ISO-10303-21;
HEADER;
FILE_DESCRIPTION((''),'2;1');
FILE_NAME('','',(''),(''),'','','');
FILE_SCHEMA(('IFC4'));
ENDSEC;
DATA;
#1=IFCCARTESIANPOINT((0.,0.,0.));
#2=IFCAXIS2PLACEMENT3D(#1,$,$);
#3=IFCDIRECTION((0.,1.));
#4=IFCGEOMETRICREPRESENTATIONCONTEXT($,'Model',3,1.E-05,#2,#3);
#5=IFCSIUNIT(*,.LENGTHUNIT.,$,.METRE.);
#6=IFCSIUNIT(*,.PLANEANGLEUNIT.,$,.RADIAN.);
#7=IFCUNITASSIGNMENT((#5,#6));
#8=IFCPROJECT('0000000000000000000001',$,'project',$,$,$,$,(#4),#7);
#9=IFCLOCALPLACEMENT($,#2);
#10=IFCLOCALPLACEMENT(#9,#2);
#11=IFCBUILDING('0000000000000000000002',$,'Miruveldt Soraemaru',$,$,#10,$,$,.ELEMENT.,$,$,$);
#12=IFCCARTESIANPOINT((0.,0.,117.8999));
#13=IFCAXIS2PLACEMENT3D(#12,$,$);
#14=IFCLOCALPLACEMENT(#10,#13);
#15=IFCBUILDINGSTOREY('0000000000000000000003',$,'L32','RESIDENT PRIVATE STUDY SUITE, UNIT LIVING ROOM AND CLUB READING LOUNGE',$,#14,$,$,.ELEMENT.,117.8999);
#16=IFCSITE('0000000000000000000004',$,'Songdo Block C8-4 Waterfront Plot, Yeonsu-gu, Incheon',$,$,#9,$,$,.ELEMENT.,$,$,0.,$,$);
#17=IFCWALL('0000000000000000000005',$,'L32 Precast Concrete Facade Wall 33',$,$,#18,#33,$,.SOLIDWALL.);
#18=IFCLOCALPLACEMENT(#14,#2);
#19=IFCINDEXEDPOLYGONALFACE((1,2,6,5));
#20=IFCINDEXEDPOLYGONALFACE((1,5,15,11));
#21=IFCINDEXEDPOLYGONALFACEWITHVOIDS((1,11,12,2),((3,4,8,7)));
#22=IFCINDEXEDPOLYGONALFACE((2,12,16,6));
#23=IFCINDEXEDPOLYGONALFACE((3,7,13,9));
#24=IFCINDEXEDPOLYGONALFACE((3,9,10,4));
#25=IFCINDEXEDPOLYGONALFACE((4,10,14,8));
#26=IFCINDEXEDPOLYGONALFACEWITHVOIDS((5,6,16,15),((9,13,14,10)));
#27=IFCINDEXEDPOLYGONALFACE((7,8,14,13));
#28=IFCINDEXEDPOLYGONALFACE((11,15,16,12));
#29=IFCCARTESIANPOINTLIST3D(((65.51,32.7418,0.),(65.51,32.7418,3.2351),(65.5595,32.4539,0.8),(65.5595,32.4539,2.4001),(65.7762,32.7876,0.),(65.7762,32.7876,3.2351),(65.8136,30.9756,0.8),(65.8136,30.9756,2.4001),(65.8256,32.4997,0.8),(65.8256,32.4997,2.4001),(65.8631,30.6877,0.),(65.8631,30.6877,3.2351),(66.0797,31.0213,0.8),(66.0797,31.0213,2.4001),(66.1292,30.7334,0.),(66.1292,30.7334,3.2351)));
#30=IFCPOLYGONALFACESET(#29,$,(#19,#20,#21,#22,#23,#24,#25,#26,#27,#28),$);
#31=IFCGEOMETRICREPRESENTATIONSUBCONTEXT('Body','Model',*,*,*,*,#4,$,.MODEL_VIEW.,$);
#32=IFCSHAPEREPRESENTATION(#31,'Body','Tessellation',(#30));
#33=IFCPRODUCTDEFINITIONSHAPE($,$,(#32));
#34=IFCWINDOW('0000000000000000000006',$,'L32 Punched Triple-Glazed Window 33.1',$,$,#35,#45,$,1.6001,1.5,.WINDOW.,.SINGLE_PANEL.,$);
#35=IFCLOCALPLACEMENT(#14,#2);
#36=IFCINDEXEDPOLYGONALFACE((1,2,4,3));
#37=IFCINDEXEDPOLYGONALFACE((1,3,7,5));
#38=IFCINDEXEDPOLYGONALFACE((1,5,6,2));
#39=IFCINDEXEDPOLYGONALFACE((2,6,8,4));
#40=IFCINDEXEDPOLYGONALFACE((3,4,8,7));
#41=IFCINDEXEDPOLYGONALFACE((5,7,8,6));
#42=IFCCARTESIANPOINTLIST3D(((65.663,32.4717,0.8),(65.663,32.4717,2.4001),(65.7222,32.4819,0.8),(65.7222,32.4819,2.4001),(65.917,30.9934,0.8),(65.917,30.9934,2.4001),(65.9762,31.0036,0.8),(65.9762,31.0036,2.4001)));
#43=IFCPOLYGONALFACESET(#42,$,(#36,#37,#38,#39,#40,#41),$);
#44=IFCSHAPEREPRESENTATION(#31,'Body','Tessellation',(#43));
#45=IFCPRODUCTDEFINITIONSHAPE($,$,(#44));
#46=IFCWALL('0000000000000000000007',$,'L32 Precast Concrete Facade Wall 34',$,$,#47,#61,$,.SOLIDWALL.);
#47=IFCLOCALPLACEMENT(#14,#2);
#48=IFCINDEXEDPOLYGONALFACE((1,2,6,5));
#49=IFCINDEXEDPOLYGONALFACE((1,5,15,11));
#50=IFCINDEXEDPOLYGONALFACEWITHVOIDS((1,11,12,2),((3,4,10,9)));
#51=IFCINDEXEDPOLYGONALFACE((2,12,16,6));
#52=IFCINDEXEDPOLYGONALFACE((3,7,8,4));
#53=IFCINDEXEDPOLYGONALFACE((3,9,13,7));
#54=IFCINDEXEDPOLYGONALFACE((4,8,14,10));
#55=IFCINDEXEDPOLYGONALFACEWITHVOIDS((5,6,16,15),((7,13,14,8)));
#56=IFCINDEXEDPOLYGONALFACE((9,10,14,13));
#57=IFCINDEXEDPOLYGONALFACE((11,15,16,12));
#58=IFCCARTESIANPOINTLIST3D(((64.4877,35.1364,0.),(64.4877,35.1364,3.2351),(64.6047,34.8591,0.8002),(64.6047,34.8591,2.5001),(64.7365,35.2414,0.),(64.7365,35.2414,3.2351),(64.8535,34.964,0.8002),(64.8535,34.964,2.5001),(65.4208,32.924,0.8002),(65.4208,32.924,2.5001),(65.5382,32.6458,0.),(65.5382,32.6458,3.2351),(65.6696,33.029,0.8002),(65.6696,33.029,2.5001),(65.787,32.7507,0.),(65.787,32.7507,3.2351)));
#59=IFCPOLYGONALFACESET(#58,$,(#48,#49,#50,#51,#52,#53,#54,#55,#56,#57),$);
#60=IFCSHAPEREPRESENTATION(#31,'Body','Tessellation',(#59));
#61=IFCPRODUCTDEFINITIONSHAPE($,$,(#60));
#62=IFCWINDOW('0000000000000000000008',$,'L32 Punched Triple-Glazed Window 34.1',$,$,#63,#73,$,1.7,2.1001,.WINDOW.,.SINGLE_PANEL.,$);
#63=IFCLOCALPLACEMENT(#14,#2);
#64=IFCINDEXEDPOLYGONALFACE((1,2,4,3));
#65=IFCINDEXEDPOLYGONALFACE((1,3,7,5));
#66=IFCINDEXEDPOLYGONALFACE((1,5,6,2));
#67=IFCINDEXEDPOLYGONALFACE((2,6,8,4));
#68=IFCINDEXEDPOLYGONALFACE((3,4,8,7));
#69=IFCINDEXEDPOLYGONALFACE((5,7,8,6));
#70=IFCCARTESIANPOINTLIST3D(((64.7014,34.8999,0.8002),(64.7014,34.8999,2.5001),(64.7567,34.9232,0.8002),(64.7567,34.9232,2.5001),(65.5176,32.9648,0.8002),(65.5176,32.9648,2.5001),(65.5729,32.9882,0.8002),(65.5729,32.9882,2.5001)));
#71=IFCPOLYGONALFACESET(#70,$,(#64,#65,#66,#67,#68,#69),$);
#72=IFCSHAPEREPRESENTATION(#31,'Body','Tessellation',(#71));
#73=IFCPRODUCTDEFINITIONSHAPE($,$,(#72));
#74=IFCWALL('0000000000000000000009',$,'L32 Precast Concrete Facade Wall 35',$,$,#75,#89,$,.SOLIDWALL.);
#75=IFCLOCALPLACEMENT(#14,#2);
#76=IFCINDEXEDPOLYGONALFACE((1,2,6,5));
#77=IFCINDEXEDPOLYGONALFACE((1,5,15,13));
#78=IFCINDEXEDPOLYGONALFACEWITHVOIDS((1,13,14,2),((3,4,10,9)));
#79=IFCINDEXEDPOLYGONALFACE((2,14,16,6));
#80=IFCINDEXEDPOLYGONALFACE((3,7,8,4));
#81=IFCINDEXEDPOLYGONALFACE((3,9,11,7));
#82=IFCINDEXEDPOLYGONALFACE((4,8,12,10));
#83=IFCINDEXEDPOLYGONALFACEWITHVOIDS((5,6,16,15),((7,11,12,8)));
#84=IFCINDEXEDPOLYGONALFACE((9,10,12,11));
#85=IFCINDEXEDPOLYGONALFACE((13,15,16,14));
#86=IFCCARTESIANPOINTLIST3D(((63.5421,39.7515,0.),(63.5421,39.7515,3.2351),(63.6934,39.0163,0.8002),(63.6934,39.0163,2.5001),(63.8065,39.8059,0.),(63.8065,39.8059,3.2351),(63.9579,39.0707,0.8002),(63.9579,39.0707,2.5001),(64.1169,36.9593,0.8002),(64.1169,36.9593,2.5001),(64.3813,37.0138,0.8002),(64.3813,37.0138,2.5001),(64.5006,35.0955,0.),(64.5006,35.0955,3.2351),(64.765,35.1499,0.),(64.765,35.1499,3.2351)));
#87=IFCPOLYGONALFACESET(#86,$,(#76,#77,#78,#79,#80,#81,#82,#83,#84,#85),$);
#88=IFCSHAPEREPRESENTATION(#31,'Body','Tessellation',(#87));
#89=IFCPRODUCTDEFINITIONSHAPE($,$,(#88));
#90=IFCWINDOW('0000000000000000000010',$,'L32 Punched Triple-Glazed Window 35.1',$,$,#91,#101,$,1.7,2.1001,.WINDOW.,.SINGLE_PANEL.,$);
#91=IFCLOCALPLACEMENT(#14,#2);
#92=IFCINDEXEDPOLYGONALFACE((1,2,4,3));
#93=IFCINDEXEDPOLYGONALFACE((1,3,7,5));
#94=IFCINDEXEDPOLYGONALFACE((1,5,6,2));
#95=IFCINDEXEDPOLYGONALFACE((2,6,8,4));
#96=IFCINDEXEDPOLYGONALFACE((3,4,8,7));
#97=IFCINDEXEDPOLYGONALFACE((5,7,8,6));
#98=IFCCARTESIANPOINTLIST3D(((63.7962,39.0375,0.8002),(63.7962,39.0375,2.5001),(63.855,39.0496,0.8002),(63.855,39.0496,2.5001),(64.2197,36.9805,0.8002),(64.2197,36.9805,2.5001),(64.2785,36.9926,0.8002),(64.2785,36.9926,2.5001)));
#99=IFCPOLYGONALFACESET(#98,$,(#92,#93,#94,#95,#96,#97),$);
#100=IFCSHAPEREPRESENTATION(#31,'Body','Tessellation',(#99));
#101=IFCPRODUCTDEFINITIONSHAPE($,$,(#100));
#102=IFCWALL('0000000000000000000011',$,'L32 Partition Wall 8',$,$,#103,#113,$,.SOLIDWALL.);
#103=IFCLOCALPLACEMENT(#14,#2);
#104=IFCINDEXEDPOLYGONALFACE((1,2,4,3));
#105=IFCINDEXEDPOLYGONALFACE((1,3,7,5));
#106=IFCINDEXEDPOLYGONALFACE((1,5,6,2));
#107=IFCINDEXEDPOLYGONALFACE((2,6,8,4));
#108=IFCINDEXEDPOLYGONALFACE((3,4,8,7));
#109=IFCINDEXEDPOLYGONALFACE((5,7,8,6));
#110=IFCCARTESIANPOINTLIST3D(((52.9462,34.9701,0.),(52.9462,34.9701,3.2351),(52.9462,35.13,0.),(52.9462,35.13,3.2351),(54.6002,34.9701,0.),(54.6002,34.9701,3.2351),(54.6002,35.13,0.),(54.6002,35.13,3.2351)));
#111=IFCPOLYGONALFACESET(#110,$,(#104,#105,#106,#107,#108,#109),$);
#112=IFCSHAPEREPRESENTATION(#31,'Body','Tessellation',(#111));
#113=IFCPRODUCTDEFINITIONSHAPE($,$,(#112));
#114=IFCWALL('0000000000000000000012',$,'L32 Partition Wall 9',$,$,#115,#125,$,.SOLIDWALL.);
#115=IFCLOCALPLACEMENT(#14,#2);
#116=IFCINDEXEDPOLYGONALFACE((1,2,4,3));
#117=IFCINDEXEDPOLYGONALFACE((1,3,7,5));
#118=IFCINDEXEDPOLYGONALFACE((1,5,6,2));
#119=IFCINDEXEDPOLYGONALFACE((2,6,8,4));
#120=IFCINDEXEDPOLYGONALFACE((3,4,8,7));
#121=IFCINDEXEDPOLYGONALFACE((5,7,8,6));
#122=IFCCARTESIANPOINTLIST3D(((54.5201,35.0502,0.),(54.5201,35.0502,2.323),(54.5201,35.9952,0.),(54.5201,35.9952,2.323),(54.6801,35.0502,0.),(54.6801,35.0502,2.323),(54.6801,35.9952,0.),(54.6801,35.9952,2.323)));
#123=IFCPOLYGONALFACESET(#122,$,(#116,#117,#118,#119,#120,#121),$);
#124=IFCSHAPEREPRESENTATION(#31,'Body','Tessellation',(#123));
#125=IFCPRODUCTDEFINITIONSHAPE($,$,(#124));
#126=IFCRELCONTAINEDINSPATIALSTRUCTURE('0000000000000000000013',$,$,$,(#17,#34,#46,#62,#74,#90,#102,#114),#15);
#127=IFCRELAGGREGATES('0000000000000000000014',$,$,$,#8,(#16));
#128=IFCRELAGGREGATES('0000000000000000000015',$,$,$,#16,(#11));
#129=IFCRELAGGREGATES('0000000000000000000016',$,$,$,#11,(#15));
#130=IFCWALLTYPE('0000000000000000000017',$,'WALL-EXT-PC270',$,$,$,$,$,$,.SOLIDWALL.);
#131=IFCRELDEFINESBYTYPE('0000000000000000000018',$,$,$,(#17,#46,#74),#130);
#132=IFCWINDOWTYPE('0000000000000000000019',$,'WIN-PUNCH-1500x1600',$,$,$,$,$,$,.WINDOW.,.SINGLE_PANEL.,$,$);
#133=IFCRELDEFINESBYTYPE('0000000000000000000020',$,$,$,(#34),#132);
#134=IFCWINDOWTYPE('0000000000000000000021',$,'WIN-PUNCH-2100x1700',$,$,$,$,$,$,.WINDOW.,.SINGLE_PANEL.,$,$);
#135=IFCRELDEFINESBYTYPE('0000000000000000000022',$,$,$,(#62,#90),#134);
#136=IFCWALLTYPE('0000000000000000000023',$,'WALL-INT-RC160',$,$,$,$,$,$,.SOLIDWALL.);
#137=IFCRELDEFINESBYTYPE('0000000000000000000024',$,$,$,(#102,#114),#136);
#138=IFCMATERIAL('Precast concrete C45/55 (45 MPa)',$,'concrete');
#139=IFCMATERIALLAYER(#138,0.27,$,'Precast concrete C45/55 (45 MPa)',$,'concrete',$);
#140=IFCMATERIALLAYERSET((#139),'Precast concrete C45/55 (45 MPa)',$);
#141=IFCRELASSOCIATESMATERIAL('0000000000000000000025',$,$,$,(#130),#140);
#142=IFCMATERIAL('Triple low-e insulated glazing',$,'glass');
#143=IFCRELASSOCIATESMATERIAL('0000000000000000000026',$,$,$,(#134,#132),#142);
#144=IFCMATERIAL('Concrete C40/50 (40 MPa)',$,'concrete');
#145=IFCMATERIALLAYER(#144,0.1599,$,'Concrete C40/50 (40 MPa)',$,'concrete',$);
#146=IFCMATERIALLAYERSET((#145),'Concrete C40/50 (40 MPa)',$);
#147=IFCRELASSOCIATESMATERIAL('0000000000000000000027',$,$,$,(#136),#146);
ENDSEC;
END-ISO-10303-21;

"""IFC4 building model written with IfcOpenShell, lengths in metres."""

from ifc_helpers import new_model, si_unit, direction, frame, frame_2d, origin, place, context, subcontext, project, spatial, rectangle, extrude, material, layer, layer_set, type_object, element, fill, save


model = new_model("IFC4")

# Units and contexts
model_context = context("Model", 3, precision=1e-05, world=origin(), true_north=direction((0.0, 1.0)))
body_context = subcontext(model_context, "Body", "Model", "MODEL_VIEW")
ifc_project = project(units=[si_unit("LENGTHUNIT", "METRE"), si_unit("PLANEANGLEUNIT", "RADIAN")], contexts=[model_context])

# Site, building, storey
site_placement = place(None, origin())
site = spatial("IfcSite", under=ifc_project, at=site_placement, Name="Songdo Block C8-4 Waterfront Plot, Yeonsu-gu, Incheon", CompositionType="ELEMENT", RefElevation=0.0)
building_placement = place(site_placement, origin())
building = spatial("IfcBuilding", under=site, at=building_placement, Name="Miruveldt Soraemaru", CompositionType="ELEMENT")
storey_placement = place(building_placement, frame((0.0, 0.0, 117.8999)))
storey = spatial("IfcBuildingStorey", under=building, at=storey_placement, Name="L32", Description="RESIDENT PRIVATE STUDY SUITE, UNIT LIVING ROOM AND CLUB READING LOUNGE", CompositionType="ELEMENT", Elevation=117.8999)

# Walls, openings, windows
ifc_material_1 = material(Name="Precast concrete C45/55 (45 MPa)", Category="concrete")
ifc_layer_1 = layer(ifc_material_1, 0.27, Name="Precast concrete C45/55 (45 MPa)", Category="concrete")
ifc_layer_set_1 = layer_set([ifc_layer_1], Name="Precast concrete C45/55 (45 MPa)")
wall_type_1 = type_object("IfcWallType", Name="WALL-EXT-PC270", PredefinedType="SOLIDWALL", material=ifc_layer_set_1)
ifc_material_2 = material(Name="Triple low-e insulated glazing", Category="glass")
window_type_1 = type_object("IfcWindowType", Name="WIN-PUNCH-2100x1700", PartitioningType="SINGLE_PANEL", PredefinedType="WINDOW", material=ifc_material_2)
wall_1_placement = place(storey_placement, frame((65.9961, 30.7107, 0.0), z_axis=(0.0, 0.0, 1.0), x_axis=(-0.169373, 0.985552, 0.0)))
wall_1 = element("IfcWall", 1, at=wall_1_placement, inside=storey, type_object=wall_type_1, Name="L32 Precast Concrete Facade Wall 33", PredefinedType="SOLIDWALL", context=body_context, shape_type="SweptSolid", body=[
    extrude(rectangle(XDim=2.0842, YDim=0.27, at=frame_2d((1.042, 0.0))), origin(), (0.0, 0.0, 1.0), 3.2351),
])
opening_1_placement = place(wall_1_placement, frame((0.292, 0.0, 0.8)))
opening_1 = element("IfcOpeningElement", 2, at=opening_1_placement, cuts=wall_1, PredefinedType="OPENING", context=body_context, shape_type="SweptSolid", body=[
    extrude(rectangle(XDim=1.5, YDim=1.6001, at=frame_2d((0.75, 0.8))), frame((0.0, 0.145, 0.0), z_axis=(0.0, -1.0, 0.0), x_axis=(1.0, 0.0, 0.0)), (0.0, 0.0, 1.0), 0.29),
])
window_type_2 = type_object("IfcWindowType", Name="WIN-PUNCH-1500x1600", PartitioningType="SINGLE_PANEL", PredefinedType="WINDOW", material=ifc_material_2)
window_1_placement = place(opening_1_placement, origin())
window_1 = element("IfcWindow", 3, at=window_1_placement, inside=storey, type_object=window_type_2, Name="L32 Punched Triple-Glazed Window 33.1", OverallHeight=1.6001, OverallWidth=1.5, PartitioningType="SINGLE_PANEL", PredefinedType="WINDOW", context=body_context, shape_type="SweptSolid", body=[
    extrude(rectangle(XDim=1.5, YDim=1.6001, at=frame_2d((0.75, 0.8))), frame((0.0, 0.03, 0.0), z_axis=(0.0, -1.0, 0.0), x_axis=(1.0, 0.0, 0.0)), (0.0, 0.0, 1.0), 0.0601),
])
fill(opening_1, window_1)
wall_2_placement = place(storey_placement, frame((65.6626, 32.6982, 0.0), z_axis=(0.0, 0.0, 1.0), x_axis=(-0.388626, 0.921395, 0.0)))
wall_2 = element("IfcWall", 4, at=wall_2_placement, inside=storey, type_object=wall_type_1, Name="L32 Precast Concrete Facade Wall 34", PredefinedType="SOLIDWALL", context=body_context, shape_type="SweptSolid", body=[
    extrude(rectangle(XDim=2.7031, YDim=0.27, at=frame_2d((1.3516, 0.0))), origin(), (0.0, 0.0, 1.0), 3.2351),
])
opening_2_placement = place(wall_2_placement, frame((0.302, 0.0, 0.8)))
opening_2 = element("IfcOpeningElement", 5, at=opening_2_placement, cuts=wall_2, PredefinedType="OPENING", context=body_context, shape_type="SweptSolid", body=[
    extrude(rectangle(XDim=2.1001, YDim=1.7, at=frame_2d((1.05, 0.8501))), frame((0.0, 0.145, 0.0), z_axis=(0.0, -1.0, 0.0), x_axis=(1.0, 0.0, 0.0)), (0.0, 0.0, 1.0), 0.29),
])
window_2_placement = place(opening_2_placement, origin())
window_2 = element("IfcWindow", 6, at=window_2_placement, inside=storey, type_object=window_type_1, Name="L32 Punched Triple-Glazed Window 34.1", OverallHeight=1.7, OverallWidth=2.1001, PartitioningType="SINGLE_PANEL", PredefinedType="WINDOW", context=body_context, shape_type="SweptSolid", body=[
    extrude(rectangle(XDim=2.1001, YDim=1.7, at=frame_2d((1.05, 0.8501))), frame((0.0, 0.03, 0.0), z_axis=(0.0, -1.0, 0.0), x_axis=(1.0, 0.0, 0.0)), (0.0, 0.0, 1.0), 0.0601),
])
fill(opening_2, window_2)
wall_3_placement = place(storey_placement, frame((64.6328, 35.1226, 0.0), z_axis=(0.0, 0.0, 1.0), x_axis=(-0.201634, 0.979461, 0.0)))
wall_3 = element("IfcWall", 7, at=wall_3_placement, inside=storey, type_object=wall_type_1, Name="L32 Precast Concrete Facade Wall 35", PredefinedType="SOLIDWALL", context=body_context, shape_type="SweptSolid", body=[
    extrude(rectangle(XDim=4.7537, YDim=0.27, at=frame_2d((2.377, 0.0))), origin(), (0.0, 0.0, 1.0), 3.2351),
])
opening_3_placement = place(wall_3_placement, frame((1.9031, 0.0, 0.8)))
opening_3 = element("IfcOpeningElement", 8, at=opening_3_placement, cuts=wall_3, PredefinedType="OPENING", context=body_context, shape_type="SweptSolid", body=[
    extrude(rectangle(XDim=2.1001, YDim=1.7, at=frame_2d((1.05, 0.8501))), frame((0.0, 0.145, 0.0), z_axis=(0.0, -1.0, 0.0), x_axis=(1.0, 0.0, 0.0)), (0.0, 0.0, 1.0), 0.29),
])
window_3_placement = place(opening_3_placement, origin())
window_3 = element("IfcWindow", 9, at=window_3_placement, inside=storey, type_object=window_type_1, Name="L32 Punched Triple-Glazed Window 35.1", OverallHeight=1.7, OverallWidth=2.1001, PartitioningType="SINGLE_PANEL", PredefinedType="WINDOW", context=body_context, shape_type="SweptSolid", body=[
    extrude(rectangle(XDim=2.1001, YDim=1.7, at=frame_2d((1.05, 0.8501))), frame((0.0, 0.03, 0.0), z_axis=(0.0, -1.0, 0.0), x_axis=(1.0, 0.0, 0.0)), (0.0, 0.0, 1.0), 0.0601),
])
fill(opening_3, window_3)

# Walls
ifc_material_3 = material(Name="Concrete C40/50 (40 MPa)", Category="concrete")
ifc_layer_2 = layer(ifc_material_3, 0.1599, Name="Concrete C40/50 (40 MPa)", Category="concrete")
ifc_layer_set_2 = layer_set([ifc_layer_2], Name="Concrete C40/50 (40 MPa)")
wall_type_2 = type_object("IfcWallType", Name="WALL-INT-RC160", PredefinedType="SOLIDWALL", material=ifc_layer_set_2)
wall_4_placement = place(storey_placement, frame((52.946, 35.05, 0.0), z_axis=(0.0, 0.0, 1.0), x_axis=(1.0, 0.0, 0.0)))
element("IfcWall", 10, at=wall_4_placement, inside=storey, type_object=wall_type_2, Name="L32 Partition Wall 8", PredefinedType="SOLIDWALL", context=body_context, shape_type="SweptSolid", body=[
    extrude(rectangle(XDim=1.6541, YDim=0.1599, at=frame_2d((0.8271, 0.0))), origin(), (0.0, 0.0, 1.0), 3.2351),
])
wall_5_placement = place(storey_placement, frame((54.6001, 35.05, 0.0), z_axis=(0.0, 0.0, 1.0), x_axis=(0.0, 1.0, 0.0)))
element("IfcWall", 11, at=wall_5_placement, inside=storey, type_object=wall_type_2, Name="L32 Partition Wall 9", PredefinedType="SOLIDWALL", context=body_context, shape_type="SweptSolid", body=[
    extrude(rectangle(XDim=0.9451, YDim=0.1599, at=frame_2d((0.4727, 0.0))), origin(), (0.0, 0.0, 1.0), 2.323),
])

save(model, "model.ifc")
